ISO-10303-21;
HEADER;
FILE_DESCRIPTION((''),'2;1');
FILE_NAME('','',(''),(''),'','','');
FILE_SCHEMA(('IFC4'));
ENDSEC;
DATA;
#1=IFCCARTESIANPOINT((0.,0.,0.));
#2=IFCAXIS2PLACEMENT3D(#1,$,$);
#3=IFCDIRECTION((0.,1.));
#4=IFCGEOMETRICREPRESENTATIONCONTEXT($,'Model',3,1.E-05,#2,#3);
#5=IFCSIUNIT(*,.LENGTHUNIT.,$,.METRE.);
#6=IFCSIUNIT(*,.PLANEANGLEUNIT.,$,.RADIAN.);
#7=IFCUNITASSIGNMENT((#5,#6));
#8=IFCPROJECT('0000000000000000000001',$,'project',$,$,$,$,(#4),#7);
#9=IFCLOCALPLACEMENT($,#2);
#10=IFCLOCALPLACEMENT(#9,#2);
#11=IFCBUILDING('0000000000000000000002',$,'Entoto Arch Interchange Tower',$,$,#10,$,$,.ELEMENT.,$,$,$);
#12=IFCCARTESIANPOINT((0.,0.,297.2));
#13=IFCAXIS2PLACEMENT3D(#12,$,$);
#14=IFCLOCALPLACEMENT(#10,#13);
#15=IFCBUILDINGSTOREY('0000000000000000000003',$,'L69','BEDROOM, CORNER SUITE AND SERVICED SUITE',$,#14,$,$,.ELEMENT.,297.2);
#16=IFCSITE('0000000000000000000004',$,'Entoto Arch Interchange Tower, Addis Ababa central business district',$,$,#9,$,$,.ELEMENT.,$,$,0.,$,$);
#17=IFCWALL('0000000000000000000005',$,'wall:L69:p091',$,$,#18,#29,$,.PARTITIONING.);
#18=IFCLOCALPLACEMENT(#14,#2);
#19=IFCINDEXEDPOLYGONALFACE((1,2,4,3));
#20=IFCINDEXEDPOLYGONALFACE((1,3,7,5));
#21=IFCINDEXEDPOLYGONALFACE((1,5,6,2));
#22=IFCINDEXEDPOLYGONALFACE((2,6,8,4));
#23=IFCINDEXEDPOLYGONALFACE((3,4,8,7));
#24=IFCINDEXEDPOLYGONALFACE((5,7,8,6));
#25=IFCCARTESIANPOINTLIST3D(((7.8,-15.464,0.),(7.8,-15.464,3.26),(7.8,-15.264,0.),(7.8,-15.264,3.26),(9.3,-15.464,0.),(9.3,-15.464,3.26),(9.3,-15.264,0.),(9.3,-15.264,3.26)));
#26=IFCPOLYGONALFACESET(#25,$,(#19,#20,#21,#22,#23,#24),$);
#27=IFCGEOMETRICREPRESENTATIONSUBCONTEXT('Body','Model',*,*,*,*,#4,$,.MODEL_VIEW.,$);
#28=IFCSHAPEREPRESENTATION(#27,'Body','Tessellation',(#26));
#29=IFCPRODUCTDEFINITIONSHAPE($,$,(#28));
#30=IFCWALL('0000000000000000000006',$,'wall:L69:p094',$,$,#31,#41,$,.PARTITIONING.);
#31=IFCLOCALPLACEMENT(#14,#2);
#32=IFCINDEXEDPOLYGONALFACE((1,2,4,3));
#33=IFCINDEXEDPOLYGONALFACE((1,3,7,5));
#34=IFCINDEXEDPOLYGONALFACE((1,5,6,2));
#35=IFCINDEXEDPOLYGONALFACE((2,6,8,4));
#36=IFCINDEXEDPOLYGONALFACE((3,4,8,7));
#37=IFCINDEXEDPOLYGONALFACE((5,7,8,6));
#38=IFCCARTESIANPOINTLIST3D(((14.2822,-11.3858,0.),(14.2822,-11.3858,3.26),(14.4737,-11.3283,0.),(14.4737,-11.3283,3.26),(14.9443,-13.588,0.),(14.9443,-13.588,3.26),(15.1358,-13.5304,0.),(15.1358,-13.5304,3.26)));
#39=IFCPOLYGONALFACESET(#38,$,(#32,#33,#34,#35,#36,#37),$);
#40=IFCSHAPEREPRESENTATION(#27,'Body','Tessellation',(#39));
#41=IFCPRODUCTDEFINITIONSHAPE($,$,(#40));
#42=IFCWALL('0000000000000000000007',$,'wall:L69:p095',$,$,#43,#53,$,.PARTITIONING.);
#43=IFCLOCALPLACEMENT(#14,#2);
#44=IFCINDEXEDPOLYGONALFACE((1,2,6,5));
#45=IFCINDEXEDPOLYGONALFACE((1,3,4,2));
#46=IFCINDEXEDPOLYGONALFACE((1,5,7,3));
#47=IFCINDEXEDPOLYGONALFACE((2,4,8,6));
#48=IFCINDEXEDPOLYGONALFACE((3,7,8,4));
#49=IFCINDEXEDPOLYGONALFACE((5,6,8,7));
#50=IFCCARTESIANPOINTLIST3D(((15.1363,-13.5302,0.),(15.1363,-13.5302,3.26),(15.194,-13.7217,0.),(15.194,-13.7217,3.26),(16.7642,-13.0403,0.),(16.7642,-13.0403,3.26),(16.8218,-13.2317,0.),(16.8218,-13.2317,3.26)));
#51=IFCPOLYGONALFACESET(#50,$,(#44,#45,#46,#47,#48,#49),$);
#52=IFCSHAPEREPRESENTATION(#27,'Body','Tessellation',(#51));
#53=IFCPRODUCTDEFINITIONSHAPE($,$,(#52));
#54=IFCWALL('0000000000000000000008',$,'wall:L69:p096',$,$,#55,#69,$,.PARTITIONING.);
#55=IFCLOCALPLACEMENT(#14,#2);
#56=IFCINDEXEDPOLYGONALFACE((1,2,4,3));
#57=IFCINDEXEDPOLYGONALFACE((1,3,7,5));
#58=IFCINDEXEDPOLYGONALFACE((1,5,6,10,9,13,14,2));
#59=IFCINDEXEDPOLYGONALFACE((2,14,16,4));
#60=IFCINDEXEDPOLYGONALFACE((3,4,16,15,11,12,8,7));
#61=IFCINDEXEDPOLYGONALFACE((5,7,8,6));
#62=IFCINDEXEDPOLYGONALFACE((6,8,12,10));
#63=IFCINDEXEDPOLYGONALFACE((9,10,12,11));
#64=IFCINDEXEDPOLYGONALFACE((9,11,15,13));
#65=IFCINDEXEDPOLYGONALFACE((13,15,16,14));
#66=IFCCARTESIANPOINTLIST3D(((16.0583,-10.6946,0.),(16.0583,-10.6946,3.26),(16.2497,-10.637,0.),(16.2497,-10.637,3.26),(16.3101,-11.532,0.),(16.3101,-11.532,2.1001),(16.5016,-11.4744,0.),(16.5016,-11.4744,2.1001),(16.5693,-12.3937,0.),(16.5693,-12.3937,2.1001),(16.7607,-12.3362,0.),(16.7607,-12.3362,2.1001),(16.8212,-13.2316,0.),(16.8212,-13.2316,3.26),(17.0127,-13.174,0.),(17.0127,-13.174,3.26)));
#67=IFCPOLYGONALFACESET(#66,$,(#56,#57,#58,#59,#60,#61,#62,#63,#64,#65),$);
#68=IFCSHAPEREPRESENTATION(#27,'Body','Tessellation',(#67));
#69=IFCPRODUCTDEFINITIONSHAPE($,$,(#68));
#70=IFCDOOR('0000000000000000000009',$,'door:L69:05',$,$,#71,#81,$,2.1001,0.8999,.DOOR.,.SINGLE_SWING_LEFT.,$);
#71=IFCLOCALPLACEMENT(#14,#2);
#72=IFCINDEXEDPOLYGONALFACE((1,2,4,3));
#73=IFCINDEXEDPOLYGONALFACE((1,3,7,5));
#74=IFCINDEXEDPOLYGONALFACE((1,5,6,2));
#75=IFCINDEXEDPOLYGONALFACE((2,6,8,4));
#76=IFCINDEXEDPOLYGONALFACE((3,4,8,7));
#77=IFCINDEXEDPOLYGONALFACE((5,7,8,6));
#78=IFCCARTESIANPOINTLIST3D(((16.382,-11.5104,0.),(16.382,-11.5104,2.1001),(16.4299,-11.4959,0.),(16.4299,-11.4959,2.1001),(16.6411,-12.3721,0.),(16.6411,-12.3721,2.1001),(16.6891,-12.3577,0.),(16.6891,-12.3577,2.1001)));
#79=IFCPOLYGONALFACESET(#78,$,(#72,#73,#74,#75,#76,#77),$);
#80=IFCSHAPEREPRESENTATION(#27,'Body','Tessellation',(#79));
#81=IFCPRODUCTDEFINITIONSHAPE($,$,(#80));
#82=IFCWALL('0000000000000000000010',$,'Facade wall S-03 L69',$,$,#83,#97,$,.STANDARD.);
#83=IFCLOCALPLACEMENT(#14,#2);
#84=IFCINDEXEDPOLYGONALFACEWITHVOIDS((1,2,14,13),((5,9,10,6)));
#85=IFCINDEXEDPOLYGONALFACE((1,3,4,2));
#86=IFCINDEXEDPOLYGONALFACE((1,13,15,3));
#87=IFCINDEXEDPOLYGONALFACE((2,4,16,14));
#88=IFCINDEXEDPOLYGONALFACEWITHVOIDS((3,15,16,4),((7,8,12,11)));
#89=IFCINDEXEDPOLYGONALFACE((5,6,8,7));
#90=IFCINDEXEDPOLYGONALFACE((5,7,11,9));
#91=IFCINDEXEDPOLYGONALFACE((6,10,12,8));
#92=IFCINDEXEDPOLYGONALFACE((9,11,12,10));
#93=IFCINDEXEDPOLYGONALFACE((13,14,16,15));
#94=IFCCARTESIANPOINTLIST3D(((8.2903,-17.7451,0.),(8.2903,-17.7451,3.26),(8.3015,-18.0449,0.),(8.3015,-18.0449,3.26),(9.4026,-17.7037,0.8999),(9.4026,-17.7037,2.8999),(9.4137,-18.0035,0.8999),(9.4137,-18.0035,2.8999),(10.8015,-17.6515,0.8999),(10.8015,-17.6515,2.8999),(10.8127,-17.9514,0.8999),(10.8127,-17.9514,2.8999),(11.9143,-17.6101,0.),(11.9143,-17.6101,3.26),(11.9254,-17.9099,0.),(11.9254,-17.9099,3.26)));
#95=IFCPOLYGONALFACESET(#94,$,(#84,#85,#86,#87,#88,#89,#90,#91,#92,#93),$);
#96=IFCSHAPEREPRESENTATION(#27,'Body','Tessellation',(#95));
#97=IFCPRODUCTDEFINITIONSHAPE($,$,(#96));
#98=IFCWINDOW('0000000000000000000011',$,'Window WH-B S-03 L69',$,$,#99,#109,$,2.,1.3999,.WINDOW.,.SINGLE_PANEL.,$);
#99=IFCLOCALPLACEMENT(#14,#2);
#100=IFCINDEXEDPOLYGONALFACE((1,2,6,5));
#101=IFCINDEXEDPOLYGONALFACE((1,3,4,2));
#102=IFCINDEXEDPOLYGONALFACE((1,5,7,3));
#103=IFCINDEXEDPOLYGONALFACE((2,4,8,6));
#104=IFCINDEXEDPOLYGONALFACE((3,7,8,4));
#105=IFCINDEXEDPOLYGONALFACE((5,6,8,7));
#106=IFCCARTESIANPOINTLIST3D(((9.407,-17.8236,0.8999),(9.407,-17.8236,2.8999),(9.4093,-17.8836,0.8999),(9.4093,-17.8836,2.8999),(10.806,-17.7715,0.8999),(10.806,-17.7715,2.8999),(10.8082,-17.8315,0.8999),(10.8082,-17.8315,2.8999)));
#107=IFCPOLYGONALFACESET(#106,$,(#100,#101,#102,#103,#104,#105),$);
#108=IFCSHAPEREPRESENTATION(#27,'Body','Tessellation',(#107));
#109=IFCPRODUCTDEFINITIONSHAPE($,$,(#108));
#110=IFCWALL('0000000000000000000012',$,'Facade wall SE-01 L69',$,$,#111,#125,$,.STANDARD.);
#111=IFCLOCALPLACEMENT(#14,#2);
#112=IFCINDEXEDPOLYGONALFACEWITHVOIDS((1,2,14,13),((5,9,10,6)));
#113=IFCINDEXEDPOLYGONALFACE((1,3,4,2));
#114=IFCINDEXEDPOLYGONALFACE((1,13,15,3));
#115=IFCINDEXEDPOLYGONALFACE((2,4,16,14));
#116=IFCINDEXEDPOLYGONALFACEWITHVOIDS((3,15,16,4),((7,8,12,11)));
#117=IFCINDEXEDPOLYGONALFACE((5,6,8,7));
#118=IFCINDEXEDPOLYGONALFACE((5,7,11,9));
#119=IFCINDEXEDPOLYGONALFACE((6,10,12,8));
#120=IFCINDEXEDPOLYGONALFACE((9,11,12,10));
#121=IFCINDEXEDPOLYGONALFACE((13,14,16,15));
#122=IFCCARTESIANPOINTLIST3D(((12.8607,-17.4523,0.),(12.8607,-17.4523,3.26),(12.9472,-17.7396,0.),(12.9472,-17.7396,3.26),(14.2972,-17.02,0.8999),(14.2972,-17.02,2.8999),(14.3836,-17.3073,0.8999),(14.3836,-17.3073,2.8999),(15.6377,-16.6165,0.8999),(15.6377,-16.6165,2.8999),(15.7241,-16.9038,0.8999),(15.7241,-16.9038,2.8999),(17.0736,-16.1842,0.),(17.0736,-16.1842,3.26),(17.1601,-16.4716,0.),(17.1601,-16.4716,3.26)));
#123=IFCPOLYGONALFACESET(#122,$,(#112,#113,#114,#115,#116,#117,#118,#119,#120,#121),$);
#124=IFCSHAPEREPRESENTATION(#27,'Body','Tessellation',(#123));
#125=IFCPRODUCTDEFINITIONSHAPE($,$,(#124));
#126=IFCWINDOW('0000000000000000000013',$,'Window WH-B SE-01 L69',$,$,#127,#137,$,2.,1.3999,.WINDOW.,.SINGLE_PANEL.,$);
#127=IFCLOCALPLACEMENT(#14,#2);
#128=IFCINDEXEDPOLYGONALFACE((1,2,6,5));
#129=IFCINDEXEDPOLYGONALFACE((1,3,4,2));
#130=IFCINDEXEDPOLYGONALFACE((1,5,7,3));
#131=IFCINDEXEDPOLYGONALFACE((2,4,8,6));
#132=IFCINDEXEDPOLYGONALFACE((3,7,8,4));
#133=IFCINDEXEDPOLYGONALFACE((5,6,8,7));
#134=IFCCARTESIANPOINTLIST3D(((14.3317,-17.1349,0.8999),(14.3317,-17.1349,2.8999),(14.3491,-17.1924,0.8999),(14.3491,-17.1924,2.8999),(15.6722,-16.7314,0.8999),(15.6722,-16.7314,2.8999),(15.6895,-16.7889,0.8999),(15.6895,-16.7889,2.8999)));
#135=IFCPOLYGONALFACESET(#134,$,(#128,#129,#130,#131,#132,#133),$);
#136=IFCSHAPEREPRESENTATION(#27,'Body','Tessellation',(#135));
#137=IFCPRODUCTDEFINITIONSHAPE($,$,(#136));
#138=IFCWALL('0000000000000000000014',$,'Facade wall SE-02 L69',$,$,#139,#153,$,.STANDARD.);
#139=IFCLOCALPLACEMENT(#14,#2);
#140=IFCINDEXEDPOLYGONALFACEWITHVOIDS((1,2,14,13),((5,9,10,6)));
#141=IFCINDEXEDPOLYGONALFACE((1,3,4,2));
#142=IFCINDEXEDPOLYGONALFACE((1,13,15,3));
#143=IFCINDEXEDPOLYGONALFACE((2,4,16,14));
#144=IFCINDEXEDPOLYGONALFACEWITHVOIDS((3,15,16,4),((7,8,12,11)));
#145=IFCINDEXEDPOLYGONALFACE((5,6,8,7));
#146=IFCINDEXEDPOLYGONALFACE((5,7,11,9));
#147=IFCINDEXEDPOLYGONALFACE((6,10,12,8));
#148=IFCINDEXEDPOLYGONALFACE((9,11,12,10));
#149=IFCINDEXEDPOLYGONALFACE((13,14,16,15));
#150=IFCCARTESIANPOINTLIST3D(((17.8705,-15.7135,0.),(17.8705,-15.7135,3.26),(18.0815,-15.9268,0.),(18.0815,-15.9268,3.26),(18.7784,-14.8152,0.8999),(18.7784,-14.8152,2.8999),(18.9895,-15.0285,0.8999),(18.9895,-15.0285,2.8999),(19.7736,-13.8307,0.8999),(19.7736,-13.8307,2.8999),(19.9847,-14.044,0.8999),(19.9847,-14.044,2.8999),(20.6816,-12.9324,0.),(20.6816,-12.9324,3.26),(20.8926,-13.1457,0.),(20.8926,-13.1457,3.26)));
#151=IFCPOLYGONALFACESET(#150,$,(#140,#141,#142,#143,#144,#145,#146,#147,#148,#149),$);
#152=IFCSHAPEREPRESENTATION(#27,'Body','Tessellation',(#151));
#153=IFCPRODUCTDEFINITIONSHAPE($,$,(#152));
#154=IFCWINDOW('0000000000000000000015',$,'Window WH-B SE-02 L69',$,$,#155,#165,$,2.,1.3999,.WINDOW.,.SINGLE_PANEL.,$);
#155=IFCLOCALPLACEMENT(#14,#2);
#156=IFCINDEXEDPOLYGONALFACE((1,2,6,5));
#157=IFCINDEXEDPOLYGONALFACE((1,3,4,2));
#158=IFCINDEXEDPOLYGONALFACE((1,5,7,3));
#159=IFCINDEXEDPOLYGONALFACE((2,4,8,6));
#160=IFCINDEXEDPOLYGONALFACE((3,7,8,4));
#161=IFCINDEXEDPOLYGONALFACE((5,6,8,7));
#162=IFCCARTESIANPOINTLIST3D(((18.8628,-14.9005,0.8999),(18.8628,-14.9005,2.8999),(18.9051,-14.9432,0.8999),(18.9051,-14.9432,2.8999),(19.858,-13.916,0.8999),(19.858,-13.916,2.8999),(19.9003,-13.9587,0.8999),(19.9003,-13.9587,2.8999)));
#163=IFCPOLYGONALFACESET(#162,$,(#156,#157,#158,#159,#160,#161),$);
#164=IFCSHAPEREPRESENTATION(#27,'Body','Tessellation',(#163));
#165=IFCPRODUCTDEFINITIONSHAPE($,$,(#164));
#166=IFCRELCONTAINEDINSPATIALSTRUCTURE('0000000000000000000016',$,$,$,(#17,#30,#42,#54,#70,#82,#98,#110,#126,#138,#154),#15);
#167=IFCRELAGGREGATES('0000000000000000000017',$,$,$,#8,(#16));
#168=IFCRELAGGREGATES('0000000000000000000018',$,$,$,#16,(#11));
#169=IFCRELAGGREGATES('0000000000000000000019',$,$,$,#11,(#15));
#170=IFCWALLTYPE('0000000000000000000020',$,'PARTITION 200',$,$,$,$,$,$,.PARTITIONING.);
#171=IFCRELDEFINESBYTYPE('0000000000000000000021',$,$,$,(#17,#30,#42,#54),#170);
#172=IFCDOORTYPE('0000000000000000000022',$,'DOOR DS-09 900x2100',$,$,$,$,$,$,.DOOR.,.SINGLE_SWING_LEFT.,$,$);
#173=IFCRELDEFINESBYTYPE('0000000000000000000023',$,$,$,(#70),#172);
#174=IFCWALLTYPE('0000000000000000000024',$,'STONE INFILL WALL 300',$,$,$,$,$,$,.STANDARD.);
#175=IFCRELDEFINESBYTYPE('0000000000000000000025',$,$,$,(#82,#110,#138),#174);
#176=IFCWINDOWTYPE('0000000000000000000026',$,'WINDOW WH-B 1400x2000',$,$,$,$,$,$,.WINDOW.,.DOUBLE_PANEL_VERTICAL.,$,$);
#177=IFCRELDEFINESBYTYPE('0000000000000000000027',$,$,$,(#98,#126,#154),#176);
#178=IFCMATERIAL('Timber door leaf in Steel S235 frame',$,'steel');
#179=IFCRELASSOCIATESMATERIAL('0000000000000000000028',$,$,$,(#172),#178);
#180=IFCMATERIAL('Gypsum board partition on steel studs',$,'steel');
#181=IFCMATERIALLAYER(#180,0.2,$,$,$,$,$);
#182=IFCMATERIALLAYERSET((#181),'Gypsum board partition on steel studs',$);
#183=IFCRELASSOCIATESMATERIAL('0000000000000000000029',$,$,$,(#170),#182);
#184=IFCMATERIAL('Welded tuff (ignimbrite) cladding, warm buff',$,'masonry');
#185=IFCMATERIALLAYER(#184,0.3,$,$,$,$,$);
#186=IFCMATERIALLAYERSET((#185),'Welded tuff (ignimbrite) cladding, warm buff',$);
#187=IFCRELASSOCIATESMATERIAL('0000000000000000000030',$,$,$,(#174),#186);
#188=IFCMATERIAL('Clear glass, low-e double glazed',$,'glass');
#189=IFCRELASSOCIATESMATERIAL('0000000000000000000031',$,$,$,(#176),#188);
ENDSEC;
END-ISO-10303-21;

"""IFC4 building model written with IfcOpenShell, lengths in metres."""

from ifc_helpers import new_model, si_unit, direction, frame, frame_2d, origin, place, context, subcontext, project, spatial, rectangle, extrude, material, layer, layer_set, type_object, element, fill, save


model = new_model("IFC4")

# Units and contexts
model_context = context("Model", 3, precision=1e-05, world=origin(), true_north=direction((0.0, 1.0)))
body_context = subcontext(model_context, "Body", "Model", "MODEL_VIEW")
ifc_project = project(units=[si_unit("LENGTHUNIT", "METRE"), si_unit("PLANEANGLEUNIT", "RADIAN")], contexts=[model_context])

# Site, building, storey
site_placement = place(None, origin())
site = spatial("IfcSite", under=ifc_project, at=site_placement, Name="Entoto Arch Interchange Tower, Addis Ababa central business district", CompositionType="ELEMENT", RefElevation=0.0)
building_placement = place(site_placement, origin())
building = spatial("IfcBuilding", under=site, at=building_placement, Name="Entoto Arch Interchange Tower", CompositionType="ELEMENT")
storey_placement = place(building_placement, frame((0.0, 0.0, 297.2)))
storey = spatial("IfcBuildingStorey", under=building, at=storey_placement, Name="L69", Description="BEDROOM, CORNER SUITE AND SERVICED SUITE", CompositionType="ELEMENT", Elevation=297.2)

# Shared definitions
ifc_material_1 = material(Name="Gypsum board partition on steel studs", Category="steel")
ifc_material_2 = material(Name="Timber door leaf in Steel S235 frame", Category="steel")
door_type_1 = type_object("IfcDoorType", Name="DOOR DS-09 900x2100", OperationType="SINGLE_SWING_LEFT", PredefinedType="DOOR", material=ifc_material_2)

# Shared definitions
ifc_layer_1 = layer(ifc_material_1, 0.2)
ifc_layer_set_1 = layer_set([ifc_layer_1], Name="Gypsum board partition on steel studs")
wall_type_1 = type_object("IfcWallType", Name="PARTITION 200", PredefinedType="PARTITIONING", material=ifc_layer_set_1)

# Walls
wall_1_placement = place(storey_placement, frame((9.3, -15.364, 0.0), z_axis=(0.0, 0.0, 1.0), x_axis=(-1.0, 0.0, 0.0)))
element("IfcWall", 1, at=wall_1_placement, inside=storey, type_object=wall_type_1, Name="wall:L69:p091", PredefinedType="PARTITIONING", context=body_context, shape_type="SweptSolid", body=[
    extrude(rectangle(XDim=1.5, YDim=0.2, at=frame_2d((0.75, 0.0))), origin(), (0.0, 0.0, 1.0), 3.26),
])
wall_2_placement = place(storey_placement, frame((14.3779, -11.3569, 0.0), z_axis=(0.0, 0.0, 1.0), x_axis=(0.287932, -0.957651, 0.0)))
element("IfcWall", 2, at=wall_2_placement, inside=storey, type_object=wall_type_1, Name="wall:L69:p094", PredefinedType="PARTITIONING", context=body_context, shape_type="SweptSolid", body=[
    extrude(rectangle(XDim=2.2996, YDim=0.2, at=frame_2d((1.1499, 0.0))), origin(), (0.0, 0.0, 1.0), 3.26),
])
wall_3_placement = place(storey_placement, frame((15.165, -13.626, 0.0), z_axis=(0.0, 0.0, 1.0), x_axis=(0.957565, 0.288217, 0.0)))
element("IfcWall", 3, at=wall_3_placement, inside=storey, type_object=wall_type_1, Name="wall:L69:p095", PredefinedType="PARTITIONING", context=body_context, shape_type="SweptSolid", body=[
    extrude(rectangle(XDim=1.7, YDim=0.2, at=frame_2d((0.8501, 0.0))), origin(), (0.0, 0.0, 1.0), 3.26),
])

# Wall, opening, door
wall_4_placement = place(storey_placement, frame((16.917, -13.2029, 0.0), z_axis=(0.0, 0.0, 1.0), x_axis=(-0.287999, 0.957631, 0.0)))
wall_4 = element("IfcWall", 4, at=wall_4_placement, inside=storey, type_object=wall_type_1, Name="wall:L69:p096", PredefinedType="PARTITIONING", context=body_context, shape_type="SweptSolid", body=[
    extrude(rectangle(XDim=2.6492, YDim=0.2, at=frame_2d((1.3247, 0.0))), origin(), (0.0, 0.0, 1.0), 3.26),
])
opening_1_placement = place(wall_4_placement, frame((0.875, 0.0, 0.0)))
opening_1 = element("IfcOpeningElement", 5, at=opening_1_placement, cuts=wall_4, PredefinedType="OPENING", context=body_context, shape_type="SweptSolid", body=[
    extrude(rectangle(XDim=0.8999, YDim=2.1001, at=frame_2d((0.45, 1.05))), frame((0.0, 0.1099, 0.0), z_axis=(0.0, -1.0, 0.0), x_axis=(1.0, 0.0, 0.0)), (0.0, 0.0, 1.0), 0.22),
])
door_1_placement = place(opening_1_placement, origin())
door_1 = element("IfcDoor", 6, at=door_1_placement, inside=storey, type_object=door_type_1, Name="door:L69:05", OperationType="SINGLE_SWING_LEFT", OverallHeight=2.1001, OverallWidth=0.8999, PredefinedType="DOOR", context=body_context, shape_type="SweptSolid", body=[
    extrude(rectangle(XDim=0.8999, YDim=2.1001, at=frame_2d((0.45, 1.05))), frame((0.0, 0.0249, 0.0), z_axis=(0.0, -1.0, 0.0), x_axis=(1.0, 0.0, 0.0)), (0.0, 0.0, 1.0), 0.05),
])
fill(opening_1, door_1)

# Walls, openings, windows
ifc_material_3 = material(Name="Welded tuff (ignimbrite) cladding, warm buff", Category="masonry")
ifc_layer_2 = layer(ifc_material_3, 0.3)
ifc_layer_set_2 = layer_set([ifc_layer_2], Name="Welded tuff (ignimbrite) cladding, warm buff")
wall_type_2 = type_object("IfcWallType", Name="STONE INFILL WALL 300", PredefinedType="STANDARD", material=ifc_layer_set_2)
wall_5_placement = place(storey_placement, frame((8.2959, -17.895, 0.0), z_axis=(0.0, 0.0, 1.0), x_axis=(0.999307, 0.037228, 0.0)))
wall_5 = element("IfcWall", 7, at=wall_5_placement, inside=storey, type_object=wall_type_2, Name="Facade wall S-03 L69", PredefinedType="STANDARD", context=body_context, shape_type="SweptSolid", body=[
    extrude(rectangle(XDim=3.6265, YDim=0.3, at=frame_2d((1.8132, 0.0))), origin(), (0.0, 0.0, 1.0), 3.26),
])
opening_2_placement = place(wall_5_placement, frame((1.113, 0.0, 0.8999)))
opening_2 = element("IfcOpeningElement", 8, at=opening_2_placement, cuts=wall_5, PredefinedType="OPENING", context=body_context, shape_type="SweptSolid", body=[
    extrude(rectangle(XDim=1.3999, YDim=2.0, at=frame_2d((0.7, 1.0))), frame((0.0, 0.1602, 0.0), z_axis=(0.0, -1.0, 0.0), x_axis=(1.0, 0.0, 0.0)), (0.0, 0.0, 1.0), 0.3201),
])
ifc_material_4 = material(Name="Clear glass, low-e double glazed", Category="glass")
window_type = type_object("IfcWindowType", Name="WINDOW WH-B 1400x2000", PartitioningType="DOUBLE_PANEL_VERTICAL", PredefinedType="WINDOW", material=ifc_material_4)
window_1_placement = place(opening_2_placement, origin())
window_1 = element("IfcWindow", 9, at=window_1_placement, inside=storey, type_object=window_type, Name="Window WH-B S-03 L69", OverallHeight=2.0, OverallWidth=1.3999, PartitioningType="SINGLE_PANEL", PredefinedType="WINDOW", context=body_context, shape_type="SweptSolid", body=[
    extrude(rectangle(XDim=1.3999, YDim=2.0, at=frame_2d((0.7, 1.0))), frame((0.0, 0.03, 0.0), z_axis=(0.0, -1.0, 0.0), x_axis=(1.0, 0.0, 0.0)), (0.0, 0.0, 1.0), 0.0601),
])
fill(opening_2, window_1)
wall_6_placement = place(storey_placement, frame((12.9041, -17.5959, 0.0), z_axis=(0.0, 0.0, 1.0), x_axis=(0.957563, 0.288223, 0.0)))
wall_6 = element("IfcWall", 10, at=wall_6_placement, inside=storey, type_object=wall_type_2, Name="Facade wall SE-01 L69", PredefinedType="STANDARD", context=body_context, shape_type="SweptSolid", body=[
    extrude(rectangle(XDim=4.3997, YDim=0.3, at=frame_2d((2.1997, 0.0))), origin(), (0.0, 0.0, 1.0), 3.26),
])
opening_3_placement = place(wall_6_placement, frame((1.5, 0.0, 0.8999)))
opening_3 = element("IfcOpeningElement", 11, at=opening_3_placement, cuts=wall_6, PredefinedType="OPENING", context=body_context, shape_type="SweptSolid", body=[
    extrude(rectangle(XDim=1.3999, YDim=2.0, at=frame_2d((0.7, 1.0))), frame((0.0, 0.1602, 0.0), z_axis=(0.0, -1.0, 0.0), x_axis=(1.0, 0.0, 0.0)), (0.0, 0.0, 1.0), 0.3201),
])
window_2_placement = place(opening_3_placement, origin())
window_2 = element("IfcWindow", 12, at=window_2_placement, inside=storey, type_object=window_type, Name="Window WH-B SE-01 L69", OverallHeight=2.0, OverallWidth=1.3999, PartitioningType="SINGLE_PANEL", PredefinedType="WINDOW", context=body_context, shape_type="SweptSolid", body=[
    extrude(rectangle(XDim=1.3999, YDim=2.0, at=frame_2d((0.7, 1.0))), frame((0.0, 0.03, 0.0), z_axis=(0.0, -1.0, 0.0), x_axis=(1.0, 0.0, 0.0)), (0.0, 0.0, 1.0), 0.0601),
])
fill(opening_3, window_2)
wall_7_placement = place(storey_placement, frame((17.9761, -15.8201, 0.0), z_axis=(0.0, 0.0, 1.0), x_axis=(0.710894, 0.703299, 0.0)))
wall_7 = element("IfcWall", 13, at=wall_7_placement, inside=storey, type_object=wall_type_2, Name="Facade wall SE-02 L69", PredefinedType="STANDARD", context=body_context, shape_type="SweptSolid", body=[
    extrude(rectangle(XDim=3.9543, YDim=0.3, at=frame_2d((1.9771, 0.0))), origin(), (0.0, 0.0, 1.0), 3.26),
])
opening_4_placement = place(wall_7_placement, frame((1.2771, 0.0, 0.8999)))
opening_4 = element("IfcOpeningElement", 14, at=opening_4_placement, cuts=wall_7, PredefinedType="OPENING", context=body_context, shape_type="SweptSolid", body=[
    extrude(rectangle(XDim=1.3999, YDim=2.0, at=frame_2d((0.7, 1.0))), frame((0.0, 0.1602, 0.0), z_axis=(0.0, -1.0, 0.0), x_axis=(1.0, 0.0, 0.0)), (0.0, 0.0, 1.0), 0.3201),
])
window_3_placement = place(opening_4_placement, origin())
window_3 = element("IfcWindow", 15, at=window_3_placement, inside=storey, type_object=window_type, Name="Window WH-B SE-02 L69", OverallHeight=2.0, OverallWidth=1.3999, PartitioningType="SINGLE_PANEL", PredefinedType="WINDOW", context=body_context, shape_type="SweptSolid", body=[
    extrude(rectangle(XDim=1.3999, YDim=2.0, at=frame_2d((0.7, 1.0))), frame((0.0, 0.03, 0.0), z_axis=(0.0, -1.0, 0.0), x_axis=(1.0, 0.0, 0.0)), (0.0, 0.0, 1.0), 0.0601),
])
fill(opening_4, window_3)

save(model, "model.ifc")
